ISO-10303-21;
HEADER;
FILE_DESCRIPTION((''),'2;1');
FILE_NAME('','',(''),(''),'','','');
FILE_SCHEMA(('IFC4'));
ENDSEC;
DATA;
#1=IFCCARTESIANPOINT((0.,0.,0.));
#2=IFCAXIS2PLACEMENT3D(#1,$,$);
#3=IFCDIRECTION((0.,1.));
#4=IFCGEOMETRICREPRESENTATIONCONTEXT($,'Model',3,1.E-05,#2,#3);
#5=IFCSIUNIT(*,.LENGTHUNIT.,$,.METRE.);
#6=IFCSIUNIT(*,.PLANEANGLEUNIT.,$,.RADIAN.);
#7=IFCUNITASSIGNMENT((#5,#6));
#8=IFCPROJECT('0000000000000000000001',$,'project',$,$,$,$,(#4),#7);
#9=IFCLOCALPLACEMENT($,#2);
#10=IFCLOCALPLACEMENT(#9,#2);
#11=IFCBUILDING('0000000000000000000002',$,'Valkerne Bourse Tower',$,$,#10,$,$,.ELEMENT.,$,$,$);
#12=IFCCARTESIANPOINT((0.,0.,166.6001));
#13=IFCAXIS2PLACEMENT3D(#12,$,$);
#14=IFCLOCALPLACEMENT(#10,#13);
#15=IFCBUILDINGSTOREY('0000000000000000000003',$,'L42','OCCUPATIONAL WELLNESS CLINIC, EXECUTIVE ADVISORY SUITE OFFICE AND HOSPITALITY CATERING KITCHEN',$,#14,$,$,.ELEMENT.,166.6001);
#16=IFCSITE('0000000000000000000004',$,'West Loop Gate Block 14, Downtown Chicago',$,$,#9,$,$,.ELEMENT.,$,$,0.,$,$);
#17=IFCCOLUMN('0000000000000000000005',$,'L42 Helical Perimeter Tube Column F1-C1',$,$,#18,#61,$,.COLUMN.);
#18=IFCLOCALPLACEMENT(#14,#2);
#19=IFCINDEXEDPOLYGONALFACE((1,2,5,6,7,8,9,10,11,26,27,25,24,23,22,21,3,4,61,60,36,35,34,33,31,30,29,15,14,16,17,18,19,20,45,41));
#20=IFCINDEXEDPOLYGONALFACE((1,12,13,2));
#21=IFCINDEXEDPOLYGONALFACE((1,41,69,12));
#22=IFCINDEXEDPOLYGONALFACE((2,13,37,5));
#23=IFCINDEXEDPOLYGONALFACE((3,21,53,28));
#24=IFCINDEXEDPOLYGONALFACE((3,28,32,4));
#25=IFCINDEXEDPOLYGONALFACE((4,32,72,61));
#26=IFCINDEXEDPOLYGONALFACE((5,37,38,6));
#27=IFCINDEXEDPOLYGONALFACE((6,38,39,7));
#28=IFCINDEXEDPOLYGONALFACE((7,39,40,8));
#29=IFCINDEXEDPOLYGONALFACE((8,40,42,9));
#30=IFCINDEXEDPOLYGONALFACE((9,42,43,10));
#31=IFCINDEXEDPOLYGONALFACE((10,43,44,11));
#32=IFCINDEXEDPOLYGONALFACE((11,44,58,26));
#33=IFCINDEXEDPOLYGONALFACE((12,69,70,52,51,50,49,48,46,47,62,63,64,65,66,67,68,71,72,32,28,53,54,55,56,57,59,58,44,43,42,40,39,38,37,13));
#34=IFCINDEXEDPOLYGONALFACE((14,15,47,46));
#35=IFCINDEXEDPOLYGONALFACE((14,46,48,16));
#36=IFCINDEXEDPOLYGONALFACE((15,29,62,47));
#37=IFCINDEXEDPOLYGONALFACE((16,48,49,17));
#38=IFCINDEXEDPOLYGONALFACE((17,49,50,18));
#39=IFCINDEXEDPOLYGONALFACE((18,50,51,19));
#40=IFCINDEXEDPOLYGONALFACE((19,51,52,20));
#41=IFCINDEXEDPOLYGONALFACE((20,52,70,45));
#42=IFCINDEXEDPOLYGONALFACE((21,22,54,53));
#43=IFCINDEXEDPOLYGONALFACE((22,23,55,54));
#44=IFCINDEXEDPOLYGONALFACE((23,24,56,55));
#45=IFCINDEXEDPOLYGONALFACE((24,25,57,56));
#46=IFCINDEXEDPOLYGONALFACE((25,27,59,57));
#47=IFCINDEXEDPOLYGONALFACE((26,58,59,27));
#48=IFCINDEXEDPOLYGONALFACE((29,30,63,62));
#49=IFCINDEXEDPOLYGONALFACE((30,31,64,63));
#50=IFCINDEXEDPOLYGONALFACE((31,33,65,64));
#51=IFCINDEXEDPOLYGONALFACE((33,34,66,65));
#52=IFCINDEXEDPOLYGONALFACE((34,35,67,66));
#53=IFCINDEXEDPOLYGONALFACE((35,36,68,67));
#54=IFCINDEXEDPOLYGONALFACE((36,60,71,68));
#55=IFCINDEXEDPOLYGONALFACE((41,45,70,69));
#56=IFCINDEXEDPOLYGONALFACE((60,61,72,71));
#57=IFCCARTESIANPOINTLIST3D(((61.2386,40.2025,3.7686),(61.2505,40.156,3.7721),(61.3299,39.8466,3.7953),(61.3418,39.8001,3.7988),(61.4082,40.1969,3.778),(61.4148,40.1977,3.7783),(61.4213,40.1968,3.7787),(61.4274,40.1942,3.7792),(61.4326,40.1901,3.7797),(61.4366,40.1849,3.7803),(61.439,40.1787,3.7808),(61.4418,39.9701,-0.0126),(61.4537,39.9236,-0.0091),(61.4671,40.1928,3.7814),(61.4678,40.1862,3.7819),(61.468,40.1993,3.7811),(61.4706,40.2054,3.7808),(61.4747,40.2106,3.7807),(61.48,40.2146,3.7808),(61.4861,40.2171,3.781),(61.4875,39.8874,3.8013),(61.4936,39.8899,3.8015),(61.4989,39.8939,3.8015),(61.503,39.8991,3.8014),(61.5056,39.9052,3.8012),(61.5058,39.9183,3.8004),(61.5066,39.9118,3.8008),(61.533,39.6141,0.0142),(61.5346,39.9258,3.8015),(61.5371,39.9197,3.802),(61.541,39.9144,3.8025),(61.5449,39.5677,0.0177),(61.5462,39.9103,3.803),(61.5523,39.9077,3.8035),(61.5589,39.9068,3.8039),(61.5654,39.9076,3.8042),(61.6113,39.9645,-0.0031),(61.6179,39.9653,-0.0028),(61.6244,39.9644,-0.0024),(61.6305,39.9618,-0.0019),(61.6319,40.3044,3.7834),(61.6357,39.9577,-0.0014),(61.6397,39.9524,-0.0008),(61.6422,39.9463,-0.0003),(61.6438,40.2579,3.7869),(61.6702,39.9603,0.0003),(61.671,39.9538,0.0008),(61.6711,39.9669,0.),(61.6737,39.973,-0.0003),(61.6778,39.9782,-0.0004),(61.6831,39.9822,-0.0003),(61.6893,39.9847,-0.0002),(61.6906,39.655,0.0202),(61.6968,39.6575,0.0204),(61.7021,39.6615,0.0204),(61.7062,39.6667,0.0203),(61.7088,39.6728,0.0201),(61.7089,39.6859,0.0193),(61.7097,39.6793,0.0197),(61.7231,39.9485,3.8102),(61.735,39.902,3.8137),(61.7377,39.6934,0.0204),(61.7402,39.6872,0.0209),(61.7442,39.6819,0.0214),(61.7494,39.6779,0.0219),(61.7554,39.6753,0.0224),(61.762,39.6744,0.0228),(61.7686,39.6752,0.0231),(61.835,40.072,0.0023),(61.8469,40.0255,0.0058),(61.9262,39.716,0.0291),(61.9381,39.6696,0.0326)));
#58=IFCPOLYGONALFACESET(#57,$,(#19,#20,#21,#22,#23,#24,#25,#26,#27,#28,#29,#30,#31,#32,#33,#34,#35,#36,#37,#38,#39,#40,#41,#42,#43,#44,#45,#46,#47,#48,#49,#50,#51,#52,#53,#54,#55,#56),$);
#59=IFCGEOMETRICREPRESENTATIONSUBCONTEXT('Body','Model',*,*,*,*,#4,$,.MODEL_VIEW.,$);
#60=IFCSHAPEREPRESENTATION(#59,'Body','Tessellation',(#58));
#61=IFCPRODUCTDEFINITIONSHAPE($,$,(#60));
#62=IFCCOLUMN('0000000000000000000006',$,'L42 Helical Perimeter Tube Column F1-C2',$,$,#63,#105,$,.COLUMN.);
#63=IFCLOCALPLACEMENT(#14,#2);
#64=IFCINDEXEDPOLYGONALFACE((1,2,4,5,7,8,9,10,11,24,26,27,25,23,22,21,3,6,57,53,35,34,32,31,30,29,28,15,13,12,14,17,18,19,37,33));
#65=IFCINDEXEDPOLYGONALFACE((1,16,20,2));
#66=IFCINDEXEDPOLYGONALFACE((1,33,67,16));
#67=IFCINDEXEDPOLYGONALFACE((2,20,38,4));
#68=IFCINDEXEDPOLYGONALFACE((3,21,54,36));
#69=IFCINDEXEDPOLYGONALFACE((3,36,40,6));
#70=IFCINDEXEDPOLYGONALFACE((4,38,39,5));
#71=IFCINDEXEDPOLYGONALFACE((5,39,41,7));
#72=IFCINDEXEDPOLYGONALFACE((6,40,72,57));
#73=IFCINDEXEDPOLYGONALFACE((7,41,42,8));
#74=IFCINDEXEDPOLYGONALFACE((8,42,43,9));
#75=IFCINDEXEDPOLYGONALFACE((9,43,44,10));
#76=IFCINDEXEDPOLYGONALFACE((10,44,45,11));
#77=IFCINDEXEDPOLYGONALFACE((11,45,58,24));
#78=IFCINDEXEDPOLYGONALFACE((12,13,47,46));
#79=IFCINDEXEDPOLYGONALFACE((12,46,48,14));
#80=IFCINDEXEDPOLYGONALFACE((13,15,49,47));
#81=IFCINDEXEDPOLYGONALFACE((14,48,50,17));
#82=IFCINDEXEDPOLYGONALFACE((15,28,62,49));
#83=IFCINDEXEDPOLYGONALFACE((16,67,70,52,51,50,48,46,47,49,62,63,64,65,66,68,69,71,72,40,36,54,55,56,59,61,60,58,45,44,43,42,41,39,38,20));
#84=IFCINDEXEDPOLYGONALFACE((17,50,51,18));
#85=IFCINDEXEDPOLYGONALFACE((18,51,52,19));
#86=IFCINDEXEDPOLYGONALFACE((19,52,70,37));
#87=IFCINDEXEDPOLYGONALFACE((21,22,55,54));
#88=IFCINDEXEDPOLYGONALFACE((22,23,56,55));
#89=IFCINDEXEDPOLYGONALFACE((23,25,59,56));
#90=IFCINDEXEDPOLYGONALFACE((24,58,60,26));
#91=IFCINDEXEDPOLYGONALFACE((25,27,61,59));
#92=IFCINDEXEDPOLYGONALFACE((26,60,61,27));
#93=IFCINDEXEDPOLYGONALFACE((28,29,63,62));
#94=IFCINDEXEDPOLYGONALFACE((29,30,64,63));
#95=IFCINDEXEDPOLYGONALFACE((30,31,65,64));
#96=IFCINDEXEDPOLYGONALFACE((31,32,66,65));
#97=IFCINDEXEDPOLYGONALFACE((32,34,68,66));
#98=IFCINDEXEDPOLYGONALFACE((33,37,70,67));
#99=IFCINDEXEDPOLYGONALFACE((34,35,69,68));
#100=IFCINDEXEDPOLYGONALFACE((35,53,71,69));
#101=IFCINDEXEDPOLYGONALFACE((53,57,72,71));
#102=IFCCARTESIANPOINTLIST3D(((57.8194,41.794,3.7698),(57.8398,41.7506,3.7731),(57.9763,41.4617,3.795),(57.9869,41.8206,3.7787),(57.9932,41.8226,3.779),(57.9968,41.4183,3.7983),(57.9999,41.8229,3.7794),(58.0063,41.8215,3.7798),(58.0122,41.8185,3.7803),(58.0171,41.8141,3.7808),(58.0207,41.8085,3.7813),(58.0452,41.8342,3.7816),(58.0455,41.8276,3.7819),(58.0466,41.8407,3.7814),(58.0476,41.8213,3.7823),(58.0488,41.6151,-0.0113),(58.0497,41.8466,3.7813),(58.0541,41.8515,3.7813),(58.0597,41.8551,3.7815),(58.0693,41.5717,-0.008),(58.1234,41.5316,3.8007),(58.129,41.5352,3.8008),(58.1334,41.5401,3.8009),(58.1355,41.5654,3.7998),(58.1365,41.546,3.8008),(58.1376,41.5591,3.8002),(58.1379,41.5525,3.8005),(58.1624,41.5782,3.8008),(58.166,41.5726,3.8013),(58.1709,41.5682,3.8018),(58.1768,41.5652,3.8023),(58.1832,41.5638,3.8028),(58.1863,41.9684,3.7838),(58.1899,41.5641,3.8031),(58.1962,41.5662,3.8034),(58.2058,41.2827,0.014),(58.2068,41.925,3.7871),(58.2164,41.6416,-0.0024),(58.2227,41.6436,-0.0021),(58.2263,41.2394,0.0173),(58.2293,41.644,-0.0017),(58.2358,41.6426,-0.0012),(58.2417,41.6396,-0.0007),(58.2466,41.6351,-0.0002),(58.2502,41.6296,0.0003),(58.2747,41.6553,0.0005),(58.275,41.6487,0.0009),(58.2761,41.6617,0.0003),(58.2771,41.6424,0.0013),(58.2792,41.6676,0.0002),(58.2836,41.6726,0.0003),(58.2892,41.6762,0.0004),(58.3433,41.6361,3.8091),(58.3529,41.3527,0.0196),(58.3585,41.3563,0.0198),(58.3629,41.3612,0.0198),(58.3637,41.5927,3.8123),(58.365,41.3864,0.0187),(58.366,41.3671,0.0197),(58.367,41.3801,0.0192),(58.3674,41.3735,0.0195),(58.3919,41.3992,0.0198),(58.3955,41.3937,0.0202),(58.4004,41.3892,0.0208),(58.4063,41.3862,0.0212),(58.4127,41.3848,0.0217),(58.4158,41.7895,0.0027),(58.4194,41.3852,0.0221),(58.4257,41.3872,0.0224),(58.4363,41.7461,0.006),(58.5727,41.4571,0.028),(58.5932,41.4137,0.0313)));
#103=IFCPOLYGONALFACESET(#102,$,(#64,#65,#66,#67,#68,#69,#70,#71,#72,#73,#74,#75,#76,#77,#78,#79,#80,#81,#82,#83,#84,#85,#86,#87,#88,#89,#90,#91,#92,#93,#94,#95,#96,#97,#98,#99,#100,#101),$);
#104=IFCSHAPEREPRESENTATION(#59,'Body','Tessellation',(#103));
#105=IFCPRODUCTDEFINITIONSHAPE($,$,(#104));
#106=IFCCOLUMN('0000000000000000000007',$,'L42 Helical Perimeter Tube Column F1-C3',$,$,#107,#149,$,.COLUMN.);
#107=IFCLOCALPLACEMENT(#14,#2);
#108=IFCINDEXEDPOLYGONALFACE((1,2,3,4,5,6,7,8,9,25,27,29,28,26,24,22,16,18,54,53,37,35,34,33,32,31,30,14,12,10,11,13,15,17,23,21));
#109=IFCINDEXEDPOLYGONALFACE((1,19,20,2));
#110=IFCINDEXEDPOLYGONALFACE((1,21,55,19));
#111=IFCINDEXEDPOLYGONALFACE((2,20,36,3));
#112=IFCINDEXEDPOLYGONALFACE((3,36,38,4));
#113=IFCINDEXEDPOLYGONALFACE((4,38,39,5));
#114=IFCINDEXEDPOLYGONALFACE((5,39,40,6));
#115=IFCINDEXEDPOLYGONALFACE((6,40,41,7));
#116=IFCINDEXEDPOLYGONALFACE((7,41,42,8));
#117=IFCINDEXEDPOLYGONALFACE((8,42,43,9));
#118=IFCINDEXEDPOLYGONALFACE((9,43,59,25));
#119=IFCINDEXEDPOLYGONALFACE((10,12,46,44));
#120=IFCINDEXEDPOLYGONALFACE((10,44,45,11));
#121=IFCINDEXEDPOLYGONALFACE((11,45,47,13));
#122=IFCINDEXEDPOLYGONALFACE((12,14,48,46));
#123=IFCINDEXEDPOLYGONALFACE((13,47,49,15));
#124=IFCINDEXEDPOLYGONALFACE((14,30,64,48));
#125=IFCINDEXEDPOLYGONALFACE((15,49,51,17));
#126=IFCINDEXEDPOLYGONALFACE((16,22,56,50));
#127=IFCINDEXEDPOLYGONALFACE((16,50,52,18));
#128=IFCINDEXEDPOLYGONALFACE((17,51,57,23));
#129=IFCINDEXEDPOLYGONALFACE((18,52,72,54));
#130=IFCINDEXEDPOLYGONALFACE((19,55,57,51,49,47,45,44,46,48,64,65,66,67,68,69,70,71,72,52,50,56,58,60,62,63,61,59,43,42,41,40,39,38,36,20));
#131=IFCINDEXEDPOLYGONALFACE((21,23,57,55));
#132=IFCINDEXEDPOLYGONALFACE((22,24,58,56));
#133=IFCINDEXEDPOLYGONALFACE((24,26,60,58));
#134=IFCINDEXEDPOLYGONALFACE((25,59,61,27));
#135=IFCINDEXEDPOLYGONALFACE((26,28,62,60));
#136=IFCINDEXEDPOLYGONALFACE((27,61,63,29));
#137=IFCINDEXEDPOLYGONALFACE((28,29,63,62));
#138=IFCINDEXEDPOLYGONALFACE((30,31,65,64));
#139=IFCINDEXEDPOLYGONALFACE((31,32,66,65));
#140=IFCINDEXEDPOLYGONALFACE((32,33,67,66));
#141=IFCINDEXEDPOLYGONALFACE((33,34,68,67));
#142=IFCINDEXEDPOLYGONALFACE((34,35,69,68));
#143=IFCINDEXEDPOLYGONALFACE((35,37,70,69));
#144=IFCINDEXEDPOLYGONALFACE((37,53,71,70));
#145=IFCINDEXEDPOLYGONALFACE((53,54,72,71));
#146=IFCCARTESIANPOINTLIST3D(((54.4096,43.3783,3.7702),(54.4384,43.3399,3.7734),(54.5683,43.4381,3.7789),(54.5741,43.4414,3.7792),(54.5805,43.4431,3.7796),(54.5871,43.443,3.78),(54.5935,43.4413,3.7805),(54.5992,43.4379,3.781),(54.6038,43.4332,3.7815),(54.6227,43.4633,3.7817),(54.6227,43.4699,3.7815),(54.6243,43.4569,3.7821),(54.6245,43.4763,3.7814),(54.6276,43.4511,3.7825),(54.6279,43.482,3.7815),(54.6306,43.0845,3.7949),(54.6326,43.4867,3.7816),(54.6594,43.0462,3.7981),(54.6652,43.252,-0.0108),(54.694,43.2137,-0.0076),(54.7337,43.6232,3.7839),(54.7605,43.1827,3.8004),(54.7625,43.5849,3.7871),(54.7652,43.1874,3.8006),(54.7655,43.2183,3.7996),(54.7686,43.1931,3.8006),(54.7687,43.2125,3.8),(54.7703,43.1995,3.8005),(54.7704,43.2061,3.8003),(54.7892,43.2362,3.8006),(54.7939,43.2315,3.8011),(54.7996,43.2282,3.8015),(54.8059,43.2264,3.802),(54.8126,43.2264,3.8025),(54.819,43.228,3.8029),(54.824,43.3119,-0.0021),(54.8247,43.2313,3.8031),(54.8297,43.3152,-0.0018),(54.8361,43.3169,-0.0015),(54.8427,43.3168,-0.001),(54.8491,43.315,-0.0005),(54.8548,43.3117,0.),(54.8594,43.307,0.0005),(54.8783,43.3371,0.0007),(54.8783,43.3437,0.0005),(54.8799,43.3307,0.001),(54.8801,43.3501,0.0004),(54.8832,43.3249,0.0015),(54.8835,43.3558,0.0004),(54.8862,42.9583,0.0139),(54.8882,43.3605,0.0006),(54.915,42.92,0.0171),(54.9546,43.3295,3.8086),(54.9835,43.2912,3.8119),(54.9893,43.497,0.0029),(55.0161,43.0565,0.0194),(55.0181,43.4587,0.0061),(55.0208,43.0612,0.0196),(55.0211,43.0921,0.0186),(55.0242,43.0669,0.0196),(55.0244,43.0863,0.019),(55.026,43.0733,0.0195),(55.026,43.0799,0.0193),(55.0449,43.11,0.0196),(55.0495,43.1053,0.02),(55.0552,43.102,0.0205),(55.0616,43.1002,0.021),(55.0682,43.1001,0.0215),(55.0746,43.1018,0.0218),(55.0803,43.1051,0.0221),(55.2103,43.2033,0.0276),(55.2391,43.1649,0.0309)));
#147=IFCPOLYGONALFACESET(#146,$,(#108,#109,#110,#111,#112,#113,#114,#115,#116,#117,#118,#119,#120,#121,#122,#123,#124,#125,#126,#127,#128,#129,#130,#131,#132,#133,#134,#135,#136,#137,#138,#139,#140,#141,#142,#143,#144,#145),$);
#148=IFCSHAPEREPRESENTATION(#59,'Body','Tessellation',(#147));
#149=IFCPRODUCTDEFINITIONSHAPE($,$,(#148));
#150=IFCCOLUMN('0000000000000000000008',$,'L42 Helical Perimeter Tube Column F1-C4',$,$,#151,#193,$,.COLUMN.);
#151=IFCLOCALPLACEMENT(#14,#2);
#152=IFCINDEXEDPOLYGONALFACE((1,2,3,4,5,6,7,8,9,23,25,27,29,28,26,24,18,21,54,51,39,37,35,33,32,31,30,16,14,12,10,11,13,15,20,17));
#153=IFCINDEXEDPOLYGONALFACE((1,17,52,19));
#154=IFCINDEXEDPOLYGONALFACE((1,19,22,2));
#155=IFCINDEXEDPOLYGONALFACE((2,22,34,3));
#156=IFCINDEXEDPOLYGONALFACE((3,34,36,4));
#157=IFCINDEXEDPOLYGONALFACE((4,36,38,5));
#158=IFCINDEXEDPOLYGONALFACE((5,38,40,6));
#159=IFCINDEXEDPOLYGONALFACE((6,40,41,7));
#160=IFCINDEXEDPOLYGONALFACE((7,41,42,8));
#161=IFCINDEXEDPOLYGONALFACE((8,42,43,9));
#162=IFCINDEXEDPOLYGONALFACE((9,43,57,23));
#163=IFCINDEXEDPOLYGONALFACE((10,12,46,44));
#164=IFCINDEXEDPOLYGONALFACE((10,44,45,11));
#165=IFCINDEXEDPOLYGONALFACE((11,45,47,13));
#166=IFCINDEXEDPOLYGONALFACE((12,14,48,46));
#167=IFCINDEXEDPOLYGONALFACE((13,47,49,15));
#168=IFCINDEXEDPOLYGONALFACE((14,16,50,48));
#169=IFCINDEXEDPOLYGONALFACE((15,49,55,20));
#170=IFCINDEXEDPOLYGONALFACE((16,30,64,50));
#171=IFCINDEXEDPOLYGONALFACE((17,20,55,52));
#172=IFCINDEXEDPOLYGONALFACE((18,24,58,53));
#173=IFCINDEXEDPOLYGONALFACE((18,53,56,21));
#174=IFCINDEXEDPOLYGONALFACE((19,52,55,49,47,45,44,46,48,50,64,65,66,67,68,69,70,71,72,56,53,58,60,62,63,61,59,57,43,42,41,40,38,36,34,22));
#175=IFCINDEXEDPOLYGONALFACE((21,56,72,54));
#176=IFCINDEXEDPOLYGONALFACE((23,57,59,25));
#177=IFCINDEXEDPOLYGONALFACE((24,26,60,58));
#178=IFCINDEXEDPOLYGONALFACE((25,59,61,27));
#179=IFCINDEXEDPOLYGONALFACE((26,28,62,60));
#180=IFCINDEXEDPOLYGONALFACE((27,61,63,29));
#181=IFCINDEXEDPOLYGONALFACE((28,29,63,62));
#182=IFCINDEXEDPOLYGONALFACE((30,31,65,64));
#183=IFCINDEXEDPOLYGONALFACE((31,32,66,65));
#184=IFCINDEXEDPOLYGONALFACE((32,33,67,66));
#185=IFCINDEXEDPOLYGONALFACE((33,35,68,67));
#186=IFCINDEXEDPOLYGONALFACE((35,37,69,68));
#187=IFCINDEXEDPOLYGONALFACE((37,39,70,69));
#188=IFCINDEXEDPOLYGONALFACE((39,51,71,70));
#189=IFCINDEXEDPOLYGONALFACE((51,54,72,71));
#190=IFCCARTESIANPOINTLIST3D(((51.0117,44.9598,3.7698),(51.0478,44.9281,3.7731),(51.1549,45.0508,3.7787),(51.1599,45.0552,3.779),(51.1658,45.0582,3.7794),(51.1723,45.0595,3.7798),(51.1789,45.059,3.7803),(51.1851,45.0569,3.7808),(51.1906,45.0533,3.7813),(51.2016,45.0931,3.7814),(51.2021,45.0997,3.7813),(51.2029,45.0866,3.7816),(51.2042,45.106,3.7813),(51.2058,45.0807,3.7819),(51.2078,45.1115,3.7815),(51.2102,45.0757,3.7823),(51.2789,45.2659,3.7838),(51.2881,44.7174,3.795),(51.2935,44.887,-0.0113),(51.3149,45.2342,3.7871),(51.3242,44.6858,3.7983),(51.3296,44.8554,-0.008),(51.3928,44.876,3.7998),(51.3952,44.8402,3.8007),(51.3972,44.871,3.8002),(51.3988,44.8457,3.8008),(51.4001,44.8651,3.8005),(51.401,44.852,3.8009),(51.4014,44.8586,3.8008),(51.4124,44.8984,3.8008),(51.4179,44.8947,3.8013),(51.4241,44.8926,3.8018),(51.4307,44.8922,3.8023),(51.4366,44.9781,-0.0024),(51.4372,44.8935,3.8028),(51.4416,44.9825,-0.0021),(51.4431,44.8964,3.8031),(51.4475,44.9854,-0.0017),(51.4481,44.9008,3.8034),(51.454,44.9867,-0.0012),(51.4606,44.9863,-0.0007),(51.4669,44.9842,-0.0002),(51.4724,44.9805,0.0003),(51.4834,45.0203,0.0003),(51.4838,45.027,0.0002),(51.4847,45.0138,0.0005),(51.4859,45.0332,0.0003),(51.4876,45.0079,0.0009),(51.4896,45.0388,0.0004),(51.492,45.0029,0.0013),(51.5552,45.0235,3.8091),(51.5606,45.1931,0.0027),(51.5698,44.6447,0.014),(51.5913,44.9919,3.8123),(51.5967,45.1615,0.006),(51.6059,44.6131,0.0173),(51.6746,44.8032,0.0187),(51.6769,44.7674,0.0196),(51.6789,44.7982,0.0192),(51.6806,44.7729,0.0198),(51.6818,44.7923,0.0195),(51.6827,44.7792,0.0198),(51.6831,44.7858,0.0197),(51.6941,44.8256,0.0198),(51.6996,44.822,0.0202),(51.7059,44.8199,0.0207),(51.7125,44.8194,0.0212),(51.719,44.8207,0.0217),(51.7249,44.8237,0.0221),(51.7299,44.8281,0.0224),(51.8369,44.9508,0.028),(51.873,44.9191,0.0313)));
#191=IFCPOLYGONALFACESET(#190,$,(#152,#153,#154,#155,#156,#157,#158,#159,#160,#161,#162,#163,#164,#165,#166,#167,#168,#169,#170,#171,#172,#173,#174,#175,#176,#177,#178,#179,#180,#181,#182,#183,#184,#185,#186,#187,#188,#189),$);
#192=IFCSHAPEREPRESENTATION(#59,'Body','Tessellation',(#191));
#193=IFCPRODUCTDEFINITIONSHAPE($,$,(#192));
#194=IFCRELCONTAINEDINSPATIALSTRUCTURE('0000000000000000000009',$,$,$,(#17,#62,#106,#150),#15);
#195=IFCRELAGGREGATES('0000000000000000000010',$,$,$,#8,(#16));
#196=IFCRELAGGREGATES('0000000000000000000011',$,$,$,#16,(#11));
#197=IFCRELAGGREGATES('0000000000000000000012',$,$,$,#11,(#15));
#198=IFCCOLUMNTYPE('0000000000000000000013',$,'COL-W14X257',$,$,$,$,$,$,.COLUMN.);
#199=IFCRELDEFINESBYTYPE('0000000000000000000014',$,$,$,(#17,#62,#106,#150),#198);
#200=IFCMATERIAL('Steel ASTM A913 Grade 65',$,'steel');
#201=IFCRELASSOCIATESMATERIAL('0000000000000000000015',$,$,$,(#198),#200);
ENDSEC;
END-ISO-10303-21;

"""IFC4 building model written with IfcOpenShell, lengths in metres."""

from ifc_helpers import new_model, si_unit, direction, frame, origin, origin_2d, place, context, subcontext, project, spatial, i_section, extrude, material, material_profile, profile_set, type_object, element, save


model = new_model("IFC4")

# Units and contexts
model_context = context("Model", 3, precision=1e-05, world=origin(), true_north=direction((0.0, 1.0)))
body_context = subcontext(model_context, "Body", "Model", "MODEL_VIEW")
ifc_project = project(units=[si_unit("LENGTHUNIT", "METRE"), si_unit("PLANEANGLEUNIT", "RADIAN")], contexts=[model_context])

# Site, building, storey
site_placement = place(None, origin())
site = spatial("IfcSite", under=ifc_project, at=site_placement, Name="West Loop Gate Block 14, Downtown Chicago", CompositionType="ELEMENT", RefElevation=0.0)
building_placement = place(site_placement, origin())
building = spatial("IfcBuilding", under=site, at=building_placement, Name="Valkerne Bourse Tower", CompositionType="ELEMENT")
storey_placement = place(building_placement, frame((0.0, 0.0, 166.6001)))
storey = spatial("IfcBuildingStorey", under=building, at=storey_placement, Name="L42", Description="OCCUPATIONAL WELLNESS CLINIC, EXECUTIVE ADVISORY SUITE OFFICE AND HOSPITALITY CATERING KITCHEN", CompositionType="ELEMENT", Elevation=166.6001)

# Columns
ifc_material_1 = material(Name="Steel ASTM A913 Grade 65", Category="steel")
ifc_material_profile_1 = material_profile(ifc_material_1, i_section(OverallWidth=0.4065, OverallDepth=0.4165, WebThickness=0.0298, FlangeThickness=0.0481, FilletRadius=0.0254, at=origin_2d()), Name="W14X257")
ifc_profile_set_1 = profile_set([ifc_material_profile_1], Name="Steel ASTM A913 Grade 65")
column_type = type_object("IfcColumnType", Name="COL-W14X257", PredefinedType="COLUMN", material=ifc_profile_set_1)
column_1_placement = place(storey_placement, frame((61.6899, 39.8198, 0.01), z_axis=(-0.053544, 0.061267, 0.996684), x_axis=(0.967377, 0.250688, 0.03656)))
element("IfcColumn", 1, at=column_1_placement, inside=storey, type_object=column_type, Name="L42 Helical Perimeter Tube Column F1-C1", PredefinedType="COLUMN", context=body_context, shape_type="SweptSolid", body=[
    extrude(i_section(OverallWidth=0.4065, OverallDepth=0.4165, WebThickness=0.0298, FlangeThickness=0.0481, FilletRadius=0.0254, at=origin_2d()), origin(), (0.0, 0.0, 1.0), 3.7937),
])
column_2_placement = place(storey_placement, frame((58.321, 41.5144, 0.01), z_axis=(-0.060517, 0.04719, 0.997051), x_axis=(0.902639, 0.429014, 0.034481)))
element("IfcColumn", 2, at=column_2_placement, inside=storey, type_object=column_type, Name="L42 Helical Perimeter Tube Column F1-C2", PredefinedType="COLUMN", context=body_context, shape_type="SweptSolid", body=[
    extrude(i_section(OverallWidth=0.4065, OverallDepth=0.4165, WebThickness=0.0298, FlangeThickness=0.0481, FilletRadius=0.0254, at=origin_2d()), origin(), (0.0, 0.0, 1.0), 3.7922),
])
column_3_placement = place(storey_placement, frame((54.9521, 43.2085, 0.01), z_axis=(-0.067414, 0.033288, 0.99717), x_axis=(0.797283, 0.60266, 0.033782)))
element("IfcColumn", 3, at=column_3_placement, inside=storey, type_object=column_type, Name="L42 Helical Perimeter Tube Column F1-C3", PredefinedType="COLUMN", context=body_context, shape_type="SweptSolid", body=[
    extrude(i_section(OverallWidth=0.4065, OverallDepth=0.4165, WebThickness=0.0298, FlangeThickness=0.0481, FilletRadius=0.0254, at=origin_2d()), origin(), (0.0, 0.0, 1.0), 3.7917),
])
column_4_placement = place(storey_placement, frame((51.5833, 44.9031, 0.01), z_axis=(-0.074294, 0.019185, 0.997052), x_axis=(0.657135, 0.752984, 0.034477)))
element("IfcColumn", 4, at=column_4_placement, inside=storey, type_object=column_type, Name="L42 Helical Perimeter Tube Column F1-C4", PredefinedType="COLUMN", context=body_context, shape_type="SweptSolid", body=[
    extrude(i_section(OverallWidth=0.4065, OverallDepth=0.4165, WebThickness=0.0298, FlangeThickness=0.0481, FilletRadius=0.0254, at=origin_2d()), origin(), (0.0, 0.0, 1.0), 3.7922),
])

save(model, "model.ifc")
